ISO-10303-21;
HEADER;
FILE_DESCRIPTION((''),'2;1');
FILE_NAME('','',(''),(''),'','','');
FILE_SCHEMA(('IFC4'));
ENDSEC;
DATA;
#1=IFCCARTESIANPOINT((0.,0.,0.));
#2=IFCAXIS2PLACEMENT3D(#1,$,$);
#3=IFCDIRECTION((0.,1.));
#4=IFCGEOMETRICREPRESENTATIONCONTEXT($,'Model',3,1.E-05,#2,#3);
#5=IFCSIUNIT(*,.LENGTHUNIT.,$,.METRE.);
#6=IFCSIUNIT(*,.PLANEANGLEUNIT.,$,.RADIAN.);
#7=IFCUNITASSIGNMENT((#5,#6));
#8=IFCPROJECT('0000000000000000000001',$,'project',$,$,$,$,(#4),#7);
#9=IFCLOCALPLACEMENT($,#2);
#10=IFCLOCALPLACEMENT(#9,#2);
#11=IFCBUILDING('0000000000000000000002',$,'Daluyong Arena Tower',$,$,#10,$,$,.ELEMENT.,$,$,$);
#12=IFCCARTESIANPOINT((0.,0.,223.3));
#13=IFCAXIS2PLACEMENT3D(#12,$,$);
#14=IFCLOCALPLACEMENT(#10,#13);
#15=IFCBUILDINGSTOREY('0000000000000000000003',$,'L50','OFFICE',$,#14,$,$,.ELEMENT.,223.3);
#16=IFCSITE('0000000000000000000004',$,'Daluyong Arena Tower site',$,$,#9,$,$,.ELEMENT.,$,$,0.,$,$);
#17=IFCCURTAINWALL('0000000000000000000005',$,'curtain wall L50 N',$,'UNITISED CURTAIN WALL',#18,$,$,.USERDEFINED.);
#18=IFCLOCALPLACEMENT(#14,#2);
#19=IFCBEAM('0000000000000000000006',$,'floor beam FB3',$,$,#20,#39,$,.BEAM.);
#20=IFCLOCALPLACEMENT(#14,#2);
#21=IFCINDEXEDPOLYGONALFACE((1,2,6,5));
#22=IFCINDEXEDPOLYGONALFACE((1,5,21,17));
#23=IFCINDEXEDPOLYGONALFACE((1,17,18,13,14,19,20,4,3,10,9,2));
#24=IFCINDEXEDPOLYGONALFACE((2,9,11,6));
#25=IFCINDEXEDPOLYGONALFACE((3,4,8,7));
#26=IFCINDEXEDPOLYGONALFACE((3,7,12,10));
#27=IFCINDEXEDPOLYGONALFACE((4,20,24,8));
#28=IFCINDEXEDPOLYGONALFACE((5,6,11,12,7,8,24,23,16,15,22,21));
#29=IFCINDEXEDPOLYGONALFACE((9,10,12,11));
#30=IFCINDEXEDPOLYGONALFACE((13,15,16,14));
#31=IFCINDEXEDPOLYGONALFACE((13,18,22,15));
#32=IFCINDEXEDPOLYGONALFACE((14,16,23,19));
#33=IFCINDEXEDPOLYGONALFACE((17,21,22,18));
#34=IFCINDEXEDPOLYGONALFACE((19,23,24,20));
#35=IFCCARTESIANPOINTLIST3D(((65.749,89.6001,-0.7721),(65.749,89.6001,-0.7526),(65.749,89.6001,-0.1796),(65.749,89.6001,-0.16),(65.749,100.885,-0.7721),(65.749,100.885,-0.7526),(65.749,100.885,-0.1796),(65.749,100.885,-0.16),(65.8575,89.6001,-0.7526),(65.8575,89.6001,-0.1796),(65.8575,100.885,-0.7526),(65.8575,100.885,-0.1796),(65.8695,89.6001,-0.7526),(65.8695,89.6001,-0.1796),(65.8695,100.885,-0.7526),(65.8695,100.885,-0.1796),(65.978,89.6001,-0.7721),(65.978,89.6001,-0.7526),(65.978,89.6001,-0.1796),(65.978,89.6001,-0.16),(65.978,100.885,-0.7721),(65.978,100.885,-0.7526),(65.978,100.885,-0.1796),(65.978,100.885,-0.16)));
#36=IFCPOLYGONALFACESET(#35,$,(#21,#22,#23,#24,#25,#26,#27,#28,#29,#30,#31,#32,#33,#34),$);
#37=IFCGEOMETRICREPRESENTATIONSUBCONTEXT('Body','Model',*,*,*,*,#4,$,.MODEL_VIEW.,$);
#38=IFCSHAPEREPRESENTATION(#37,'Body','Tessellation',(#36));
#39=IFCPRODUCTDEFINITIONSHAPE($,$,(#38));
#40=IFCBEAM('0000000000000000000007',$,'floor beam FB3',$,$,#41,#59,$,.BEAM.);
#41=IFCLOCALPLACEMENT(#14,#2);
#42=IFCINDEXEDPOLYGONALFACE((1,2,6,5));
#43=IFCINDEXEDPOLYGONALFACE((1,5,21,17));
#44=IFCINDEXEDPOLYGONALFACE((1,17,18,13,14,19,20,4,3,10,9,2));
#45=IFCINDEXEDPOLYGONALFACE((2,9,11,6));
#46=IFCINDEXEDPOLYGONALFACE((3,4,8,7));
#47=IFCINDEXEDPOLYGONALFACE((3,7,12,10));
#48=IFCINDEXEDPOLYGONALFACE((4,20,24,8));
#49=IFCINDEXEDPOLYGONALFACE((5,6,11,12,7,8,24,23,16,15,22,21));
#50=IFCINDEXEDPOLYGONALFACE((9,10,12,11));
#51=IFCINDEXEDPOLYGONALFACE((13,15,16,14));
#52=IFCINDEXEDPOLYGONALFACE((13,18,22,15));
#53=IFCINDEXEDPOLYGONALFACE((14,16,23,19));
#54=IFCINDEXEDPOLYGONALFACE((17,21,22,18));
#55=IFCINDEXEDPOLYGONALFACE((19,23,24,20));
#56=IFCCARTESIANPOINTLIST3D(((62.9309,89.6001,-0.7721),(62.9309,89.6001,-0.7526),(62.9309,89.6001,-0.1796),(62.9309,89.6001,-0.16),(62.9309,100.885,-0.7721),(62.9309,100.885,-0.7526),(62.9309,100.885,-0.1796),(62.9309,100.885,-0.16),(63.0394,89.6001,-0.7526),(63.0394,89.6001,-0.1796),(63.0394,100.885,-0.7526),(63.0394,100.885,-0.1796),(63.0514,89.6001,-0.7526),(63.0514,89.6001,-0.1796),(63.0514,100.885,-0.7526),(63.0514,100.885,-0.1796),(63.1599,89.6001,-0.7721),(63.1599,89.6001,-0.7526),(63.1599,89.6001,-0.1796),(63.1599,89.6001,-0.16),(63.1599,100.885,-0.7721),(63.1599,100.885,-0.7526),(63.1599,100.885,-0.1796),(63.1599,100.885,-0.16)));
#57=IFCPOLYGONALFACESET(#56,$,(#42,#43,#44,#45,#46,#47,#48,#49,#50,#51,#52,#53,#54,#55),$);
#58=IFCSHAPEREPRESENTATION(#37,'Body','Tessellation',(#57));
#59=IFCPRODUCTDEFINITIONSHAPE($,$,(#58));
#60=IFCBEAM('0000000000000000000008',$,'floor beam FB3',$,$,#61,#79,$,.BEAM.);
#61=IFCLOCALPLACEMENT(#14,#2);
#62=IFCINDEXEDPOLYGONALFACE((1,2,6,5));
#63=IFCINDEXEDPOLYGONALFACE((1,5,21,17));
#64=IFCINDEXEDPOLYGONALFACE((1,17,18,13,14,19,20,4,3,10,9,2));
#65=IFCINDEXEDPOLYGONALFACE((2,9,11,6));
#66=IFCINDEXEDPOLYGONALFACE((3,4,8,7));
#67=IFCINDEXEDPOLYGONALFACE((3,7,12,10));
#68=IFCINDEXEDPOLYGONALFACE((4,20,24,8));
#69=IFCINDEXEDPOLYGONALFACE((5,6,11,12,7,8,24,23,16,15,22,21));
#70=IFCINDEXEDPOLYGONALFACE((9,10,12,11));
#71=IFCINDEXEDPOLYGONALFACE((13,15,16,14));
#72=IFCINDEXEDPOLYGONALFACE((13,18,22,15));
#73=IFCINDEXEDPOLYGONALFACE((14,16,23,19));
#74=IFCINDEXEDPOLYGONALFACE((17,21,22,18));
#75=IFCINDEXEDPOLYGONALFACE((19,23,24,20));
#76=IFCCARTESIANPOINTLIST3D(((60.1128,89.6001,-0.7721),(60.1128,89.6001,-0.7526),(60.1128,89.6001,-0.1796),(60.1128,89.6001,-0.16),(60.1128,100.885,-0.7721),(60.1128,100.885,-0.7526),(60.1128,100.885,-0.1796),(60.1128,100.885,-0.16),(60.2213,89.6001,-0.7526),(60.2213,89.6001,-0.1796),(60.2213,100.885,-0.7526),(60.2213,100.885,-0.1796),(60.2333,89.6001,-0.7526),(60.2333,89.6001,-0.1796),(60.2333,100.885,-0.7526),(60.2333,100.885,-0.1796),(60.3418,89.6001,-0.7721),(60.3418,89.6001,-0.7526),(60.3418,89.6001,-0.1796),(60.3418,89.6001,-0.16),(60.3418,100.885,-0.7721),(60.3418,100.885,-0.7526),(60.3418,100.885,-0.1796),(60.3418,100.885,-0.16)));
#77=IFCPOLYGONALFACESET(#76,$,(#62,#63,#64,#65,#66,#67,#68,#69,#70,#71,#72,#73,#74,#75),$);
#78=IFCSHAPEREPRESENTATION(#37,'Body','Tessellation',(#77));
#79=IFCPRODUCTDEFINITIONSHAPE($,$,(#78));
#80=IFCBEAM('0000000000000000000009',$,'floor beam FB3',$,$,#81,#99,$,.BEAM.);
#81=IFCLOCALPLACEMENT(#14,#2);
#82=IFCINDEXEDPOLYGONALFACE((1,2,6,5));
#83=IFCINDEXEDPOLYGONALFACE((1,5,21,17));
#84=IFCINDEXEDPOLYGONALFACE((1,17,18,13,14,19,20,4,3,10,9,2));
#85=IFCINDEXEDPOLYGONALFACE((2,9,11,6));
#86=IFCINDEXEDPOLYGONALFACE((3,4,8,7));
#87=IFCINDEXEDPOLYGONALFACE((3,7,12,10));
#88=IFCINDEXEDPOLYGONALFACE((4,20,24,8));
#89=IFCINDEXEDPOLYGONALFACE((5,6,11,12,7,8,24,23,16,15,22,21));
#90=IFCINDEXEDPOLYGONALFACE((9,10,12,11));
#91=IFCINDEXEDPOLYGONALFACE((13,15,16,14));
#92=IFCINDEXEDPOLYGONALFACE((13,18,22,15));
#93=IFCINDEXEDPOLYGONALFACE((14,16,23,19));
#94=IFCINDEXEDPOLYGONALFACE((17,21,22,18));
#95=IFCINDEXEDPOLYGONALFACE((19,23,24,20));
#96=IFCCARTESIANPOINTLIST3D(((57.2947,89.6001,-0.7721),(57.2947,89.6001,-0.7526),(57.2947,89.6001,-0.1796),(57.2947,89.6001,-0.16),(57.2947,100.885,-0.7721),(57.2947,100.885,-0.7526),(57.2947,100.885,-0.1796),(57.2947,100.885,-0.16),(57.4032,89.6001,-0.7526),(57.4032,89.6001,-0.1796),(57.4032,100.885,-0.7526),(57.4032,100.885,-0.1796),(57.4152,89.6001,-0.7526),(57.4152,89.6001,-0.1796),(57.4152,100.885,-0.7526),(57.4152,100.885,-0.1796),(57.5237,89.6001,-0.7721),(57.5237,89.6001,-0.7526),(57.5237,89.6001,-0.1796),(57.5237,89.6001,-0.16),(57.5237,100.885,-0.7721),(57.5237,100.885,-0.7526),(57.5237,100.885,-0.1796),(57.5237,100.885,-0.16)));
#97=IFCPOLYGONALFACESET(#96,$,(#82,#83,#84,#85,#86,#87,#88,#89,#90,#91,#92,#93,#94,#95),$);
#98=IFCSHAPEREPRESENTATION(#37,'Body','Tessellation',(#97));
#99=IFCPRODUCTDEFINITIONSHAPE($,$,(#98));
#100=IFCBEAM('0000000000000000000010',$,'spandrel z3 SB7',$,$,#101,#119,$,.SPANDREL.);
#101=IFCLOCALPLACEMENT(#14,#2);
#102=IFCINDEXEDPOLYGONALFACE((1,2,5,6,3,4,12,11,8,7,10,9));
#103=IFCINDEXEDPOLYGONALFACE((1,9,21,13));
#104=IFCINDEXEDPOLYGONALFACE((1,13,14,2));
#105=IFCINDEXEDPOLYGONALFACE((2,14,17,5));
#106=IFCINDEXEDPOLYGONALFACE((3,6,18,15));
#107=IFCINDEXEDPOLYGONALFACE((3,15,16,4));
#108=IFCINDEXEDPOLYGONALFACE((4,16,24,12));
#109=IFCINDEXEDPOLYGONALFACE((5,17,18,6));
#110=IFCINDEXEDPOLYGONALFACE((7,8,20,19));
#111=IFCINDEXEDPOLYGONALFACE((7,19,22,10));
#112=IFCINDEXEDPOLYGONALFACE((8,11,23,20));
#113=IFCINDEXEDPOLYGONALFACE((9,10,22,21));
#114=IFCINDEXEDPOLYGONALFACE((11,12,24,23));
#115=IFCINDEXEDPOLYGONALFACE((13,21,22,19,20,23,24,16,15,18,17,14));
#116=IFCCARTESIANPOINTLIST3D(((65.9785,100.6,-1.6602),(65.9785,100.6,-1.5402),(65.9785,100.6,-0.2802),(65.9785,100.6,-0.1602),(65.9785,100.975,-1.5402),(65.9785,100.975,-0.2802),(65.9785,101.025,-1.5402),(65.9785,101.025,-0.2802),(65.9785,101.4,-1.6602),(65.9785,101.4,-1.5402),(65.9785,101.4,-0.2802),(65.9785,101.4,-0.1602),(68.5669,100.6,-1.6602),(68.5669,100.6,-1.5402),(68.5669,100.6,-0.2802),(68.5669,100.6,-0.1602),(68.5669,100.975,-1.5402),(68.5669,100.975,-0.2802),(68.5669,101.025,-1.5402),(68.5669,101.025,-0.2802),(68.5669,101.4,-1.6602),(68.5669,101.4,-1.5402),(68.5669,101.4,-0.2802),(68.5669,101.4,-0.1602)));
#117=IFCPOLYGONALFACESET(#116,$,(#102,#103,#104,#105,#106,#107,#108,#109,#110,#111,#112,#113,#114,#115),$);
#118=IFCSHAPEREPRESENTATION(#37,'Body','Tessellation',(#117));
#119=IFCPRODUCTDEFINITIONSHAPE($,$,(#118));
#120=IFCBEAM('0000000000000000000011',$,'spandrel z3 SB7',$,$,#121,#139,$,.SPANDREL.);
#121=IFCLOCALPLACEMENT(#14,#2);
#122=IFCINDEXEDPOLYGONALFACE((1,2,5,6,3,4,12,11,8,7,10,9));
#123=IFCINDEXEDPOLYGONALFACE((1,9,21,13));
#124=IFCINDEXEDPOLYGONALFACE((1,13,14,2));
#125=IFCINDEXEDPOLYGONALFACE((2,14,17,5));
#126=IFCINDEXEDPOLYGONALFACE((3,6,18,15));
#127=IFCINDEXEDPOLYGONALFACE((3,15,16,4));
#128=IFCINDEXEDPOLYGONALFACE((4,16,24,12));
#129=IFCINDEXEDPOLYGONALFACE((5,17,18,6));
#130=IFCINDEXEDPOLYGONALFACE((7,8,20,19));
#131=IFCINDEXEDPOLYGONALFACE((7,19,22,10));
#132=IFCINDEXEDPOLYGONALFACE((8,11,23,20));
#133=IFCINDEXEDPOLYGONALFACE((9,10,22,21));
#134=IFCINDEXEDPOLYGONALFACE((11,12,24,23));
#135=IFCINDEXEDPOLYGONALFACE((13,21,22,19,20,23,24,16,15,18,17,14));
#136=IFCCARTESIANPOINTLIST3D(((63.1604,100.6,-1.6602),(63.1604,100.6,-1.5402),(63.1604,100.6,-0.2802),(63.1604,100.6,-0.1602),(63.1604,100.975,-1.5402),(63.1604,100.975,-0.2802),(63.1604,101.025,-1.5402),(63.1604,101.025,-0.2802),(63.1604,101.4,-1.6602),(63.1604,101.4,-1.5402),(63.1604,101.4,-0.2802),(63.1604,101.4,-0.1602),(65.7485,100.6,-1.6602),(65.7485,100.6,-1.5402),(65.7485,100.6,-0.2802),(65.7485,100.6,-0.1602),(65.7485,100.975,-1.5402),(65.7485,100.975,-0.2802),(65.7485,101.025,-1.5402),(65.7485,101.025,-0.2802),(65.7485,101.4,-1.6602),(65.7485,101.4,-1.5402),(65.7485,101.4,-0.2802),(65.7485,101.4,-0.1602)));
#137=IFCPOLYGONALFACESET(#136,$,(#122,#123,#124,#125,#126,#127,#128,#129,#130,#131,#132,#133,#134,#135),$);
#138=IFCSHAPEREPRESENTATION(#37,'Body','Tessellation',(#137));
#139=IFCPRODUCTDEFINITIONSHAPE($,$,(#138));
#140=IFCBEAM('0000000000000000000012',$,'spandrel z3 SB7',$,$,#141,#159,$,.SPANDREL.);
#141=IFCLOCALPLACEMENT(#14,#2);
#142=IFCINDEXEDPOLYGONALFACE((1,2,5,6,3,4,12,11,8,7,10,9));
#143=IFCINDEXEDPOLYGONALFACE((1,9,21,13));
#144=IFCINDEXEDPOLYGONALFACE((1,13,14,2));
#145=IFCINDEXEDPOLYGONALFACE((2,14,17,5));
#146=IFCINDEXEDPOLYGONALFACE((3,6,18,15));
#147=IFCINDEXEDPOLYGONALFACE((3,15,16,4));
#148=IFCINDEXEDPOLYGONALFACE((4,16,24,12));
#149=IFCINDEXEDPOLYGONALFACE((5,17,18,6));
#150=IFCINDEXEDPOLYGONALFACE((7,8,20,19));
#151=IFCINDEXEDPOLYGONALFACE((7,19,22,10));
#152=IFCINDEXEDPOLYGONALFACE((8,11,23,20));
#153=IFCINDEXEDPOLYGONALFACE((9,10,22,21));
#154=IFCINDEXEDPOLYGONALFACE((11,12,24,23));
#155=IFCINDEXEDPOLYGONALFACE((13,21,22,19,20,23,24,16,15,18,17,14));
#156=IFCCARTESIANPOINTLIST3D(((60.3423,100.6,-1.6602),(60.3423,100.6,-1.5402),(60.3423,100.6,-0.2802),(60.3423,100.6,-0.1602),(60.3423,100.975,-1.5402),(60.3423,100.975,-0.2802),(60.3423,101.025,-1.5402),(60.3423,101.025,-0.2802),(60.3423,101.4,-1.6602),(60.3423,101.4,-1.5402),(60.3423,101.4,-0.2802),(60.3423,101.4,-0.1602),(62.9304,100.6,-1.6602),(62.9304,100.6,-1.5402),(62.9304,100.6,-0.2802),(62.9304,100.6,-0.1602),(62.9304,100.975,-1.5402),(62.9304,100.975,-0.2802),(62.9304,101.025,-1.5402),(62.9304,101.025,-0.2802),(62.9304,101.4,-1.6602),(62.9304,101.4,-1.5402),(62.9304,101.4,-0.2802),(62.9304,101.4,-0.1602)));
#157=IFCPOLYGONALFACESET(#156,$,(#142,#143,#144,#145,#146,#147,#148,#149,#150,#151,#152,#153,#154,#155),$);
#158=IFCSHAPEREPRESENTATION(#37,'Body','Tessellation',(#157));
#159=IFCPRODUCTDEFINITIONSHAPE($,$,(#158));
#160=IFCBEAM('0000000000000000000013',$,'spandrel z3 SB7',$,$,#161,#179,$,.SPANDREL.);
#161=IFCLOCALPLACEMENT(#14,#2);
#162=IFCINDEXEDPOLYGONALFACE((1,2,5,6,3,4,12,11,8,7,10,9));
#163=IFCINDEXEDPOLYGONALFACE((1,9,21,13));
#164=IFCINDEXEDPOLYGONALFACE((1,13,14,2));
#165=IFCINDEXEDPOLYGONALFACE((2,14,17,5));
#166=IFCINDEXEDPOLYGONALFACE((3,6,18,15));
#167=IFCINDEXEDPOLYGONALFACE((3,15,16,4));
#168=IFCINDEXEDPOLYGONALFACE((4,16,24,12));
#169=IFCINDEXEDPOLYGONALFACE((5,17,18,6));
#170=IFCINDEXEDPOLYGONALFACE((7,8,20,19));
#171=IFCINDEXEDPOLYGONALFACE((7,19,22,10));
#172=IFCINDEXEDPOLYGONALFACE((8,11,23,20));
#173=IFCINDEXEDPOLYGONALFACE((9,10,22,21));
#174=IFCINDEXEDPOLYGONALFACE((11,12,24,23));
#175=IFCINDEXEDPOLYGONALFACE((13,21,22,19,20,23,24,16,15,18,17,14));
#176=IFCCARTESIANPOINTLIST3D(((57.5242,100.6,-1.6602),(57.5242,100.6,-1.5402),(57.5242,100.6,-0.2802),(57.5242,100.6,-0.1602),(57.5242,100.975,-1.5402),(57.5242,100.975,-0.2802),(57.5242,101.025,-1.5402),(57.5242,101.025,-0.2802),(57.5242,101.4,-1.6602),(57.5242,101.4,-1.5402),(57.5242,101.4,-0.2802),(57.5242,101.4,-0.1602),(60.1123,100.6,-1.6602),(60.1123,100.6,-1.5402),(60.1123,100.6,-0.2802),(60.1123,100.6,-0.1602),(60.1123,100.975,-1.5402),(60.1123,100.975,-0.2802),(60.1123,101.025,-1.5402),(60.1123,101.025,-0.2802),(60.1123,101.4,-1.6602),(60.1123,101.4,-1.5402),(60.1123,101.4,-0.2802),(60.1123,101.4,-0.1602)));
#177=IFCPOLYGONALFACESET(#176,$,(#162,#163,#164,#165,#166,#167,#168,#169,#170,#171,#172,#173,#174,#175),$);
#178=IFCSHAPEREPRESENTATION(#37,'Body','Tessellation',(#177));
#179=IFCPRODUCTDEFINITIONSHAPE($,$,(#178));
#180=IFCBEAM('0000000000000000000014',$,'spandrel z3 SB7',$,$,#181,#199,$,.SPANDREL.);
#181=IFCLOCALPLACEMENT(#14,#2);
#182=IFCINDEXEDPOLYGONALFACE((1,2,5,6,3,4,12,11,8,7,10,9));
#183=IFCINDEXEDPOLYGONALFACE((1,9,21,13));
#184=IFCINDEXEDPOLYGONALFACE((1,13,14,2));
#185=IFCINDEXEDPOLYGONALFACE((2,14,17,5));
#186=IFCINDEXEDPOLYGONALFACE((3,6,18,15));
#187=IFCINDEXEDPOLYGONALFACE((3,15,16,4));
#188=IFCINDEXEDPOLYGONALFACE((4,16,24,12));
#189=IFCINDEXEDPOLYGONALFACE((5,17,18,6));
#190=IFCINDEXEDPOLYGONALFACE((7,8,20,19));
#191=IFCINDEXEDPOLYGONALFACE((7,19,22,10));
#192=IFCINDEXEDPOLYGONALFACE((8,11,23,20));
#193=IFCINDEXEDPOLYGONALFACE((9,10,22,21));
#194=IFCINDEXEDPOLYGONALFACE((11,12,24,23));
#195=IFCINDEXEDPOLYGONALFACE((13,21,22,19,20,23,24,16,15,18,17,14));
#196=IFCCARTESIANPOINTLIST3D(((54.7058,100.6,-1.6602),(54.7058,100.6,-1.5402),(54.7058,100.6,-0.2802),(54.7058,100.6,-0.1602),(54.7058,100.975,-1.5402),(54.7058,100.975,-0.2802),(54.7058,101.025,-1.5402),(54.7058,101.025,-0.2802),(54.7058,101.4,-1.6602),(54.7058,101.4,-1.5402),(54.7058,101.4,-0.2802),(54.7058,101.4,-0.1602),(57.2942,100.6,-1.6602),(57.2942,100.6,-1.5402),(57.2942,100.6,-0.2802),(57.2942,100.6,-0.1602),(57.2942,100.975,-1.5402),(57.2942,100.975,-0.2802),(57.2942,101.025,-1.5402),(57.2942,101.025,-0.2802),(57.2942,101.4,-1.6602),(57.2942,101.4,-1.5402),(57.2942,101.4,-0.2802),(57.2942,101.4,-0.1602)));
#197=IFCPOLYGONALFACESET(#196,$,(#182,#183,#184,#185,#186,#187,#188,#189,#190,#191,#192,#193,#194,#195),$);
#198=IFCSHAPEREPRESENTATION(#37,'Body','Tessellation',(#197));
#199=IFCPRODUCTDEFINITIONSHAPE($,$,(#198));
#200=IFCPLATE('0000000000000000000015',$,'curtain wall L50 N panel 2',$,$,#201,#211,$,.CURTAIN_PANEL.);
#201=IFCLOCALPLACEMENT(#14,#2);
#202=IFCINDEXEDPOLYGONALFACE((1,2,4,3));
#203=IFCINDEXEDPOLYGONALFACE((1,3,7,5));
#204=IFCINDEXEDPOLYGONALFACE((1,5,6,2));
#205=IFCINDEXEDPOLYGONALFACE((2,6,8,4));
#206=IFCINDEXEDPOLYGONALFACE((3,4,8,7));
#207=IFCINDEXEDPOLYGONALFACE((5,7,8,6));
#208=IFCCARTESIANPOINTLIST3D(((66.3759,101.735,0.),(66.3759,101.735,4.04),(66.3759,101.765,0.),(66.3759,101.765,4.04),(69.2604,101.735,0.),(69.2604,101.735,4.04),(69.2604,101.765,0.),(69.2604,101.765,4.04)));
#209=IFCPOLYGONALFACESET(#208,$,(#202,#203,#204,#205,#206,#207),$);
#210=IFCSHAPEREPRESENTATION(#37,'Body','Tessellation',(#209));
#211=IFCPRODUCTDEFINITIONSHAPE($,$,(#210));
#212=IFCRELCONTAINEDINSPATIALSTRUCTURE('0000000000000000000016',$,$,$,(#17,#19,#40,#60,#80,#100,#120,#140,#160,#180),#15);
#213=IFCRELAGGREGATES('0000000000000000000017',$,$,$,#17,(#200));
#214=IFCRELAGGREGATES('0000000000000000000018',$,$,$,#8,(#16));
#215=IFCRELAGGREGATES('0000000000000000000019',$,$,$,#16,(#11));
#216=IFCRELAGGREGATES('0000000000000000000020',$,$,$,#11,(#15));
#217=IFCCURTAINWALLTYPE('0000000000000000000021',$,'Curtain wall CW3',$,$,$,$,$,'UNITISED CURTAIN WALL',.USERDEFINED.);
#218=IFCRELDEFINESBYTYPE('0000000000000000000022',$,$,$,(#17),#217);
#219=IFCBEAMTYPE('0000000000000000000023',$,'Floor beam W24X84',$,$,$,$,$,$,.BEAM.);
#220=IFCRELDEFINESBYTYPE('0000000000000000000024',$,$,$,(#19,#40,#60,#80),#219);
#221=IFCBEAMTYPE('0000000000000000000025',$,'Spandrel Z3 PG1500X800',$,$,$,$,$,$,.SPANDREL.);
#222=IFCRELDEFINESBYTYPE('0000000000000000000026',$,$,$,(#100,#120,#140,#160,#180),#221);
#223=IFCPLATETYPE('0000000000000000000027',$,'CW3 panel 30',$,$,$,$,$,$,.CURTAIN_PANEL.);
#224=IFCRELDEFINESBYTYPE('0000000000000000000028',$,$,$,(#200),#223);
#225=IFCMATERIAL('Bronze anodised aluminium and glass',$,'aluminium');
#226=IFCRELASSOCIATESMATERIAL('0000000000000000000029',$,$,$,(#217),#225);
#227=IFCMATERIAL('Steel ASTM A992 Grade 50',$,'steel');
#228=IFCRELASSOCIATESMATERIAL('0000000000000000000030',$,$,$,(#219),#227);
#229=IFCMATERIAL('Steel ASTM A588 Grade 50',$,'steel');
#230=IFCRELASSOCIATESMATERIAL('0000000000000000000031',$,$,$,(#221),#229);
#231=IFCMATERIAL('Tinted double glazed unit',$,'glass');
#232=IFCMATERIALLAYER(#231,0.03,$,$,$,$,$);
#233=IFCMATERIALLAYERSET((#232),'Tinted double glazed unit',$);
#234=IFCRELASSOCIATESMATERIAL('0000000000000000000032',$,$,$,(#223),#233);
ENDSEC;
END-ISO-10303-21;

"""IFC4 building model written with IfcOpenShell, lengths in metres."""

from ifc_helpers import new_model, si_unit, direction, frame, origin, origin_2d, place, context, subcontext, project, spatial, rectangle, i_section, extrude, material, layer, layer_set, material_profile, profile_set, type_object, element, aggregate, save


model = new_model("IFC4")

# Units and contexts
model_context = context("Model", 3, precision=1e-05, world=origin(), true_north=direction((0.0, 1.0)))
body_context = subcontext(model_context, "Body", "Model", "MODEL_VIEW")
ifc_project = project(units=[si_unit("LENGTHUNIT", "METRE"), si_unit("PLANEANGLEUNIT", "RADIAN")], contexts=[model_context])

# Site, building, storey
site_placement = place(None, origin())
site = spatial("IfcSite", under=ifc_project, at=site_placement, Name="Daluyong Arena Tower site", CompositionType="ELEMENT", RefElevation=0.0)
building_placement = place(site_placement, origin())
building = spatial("IfcBuilding", under=site, at=building_placement, Name="Daluyong Arena Tower", CompositionType="ELEMENT")
storey_placement = place(building_placement, frame((0.0, 0.0, 223.3)))
storey = spatial("IfcBuildingStorey", under=building, at=storey_placement, Name="L50", Description="OFFICE", CompositionType="ELEMENT", Elevation=223.3)

# Curtain wall
ifc_material_1 = material(Name="Bronze anodised aluminium and glass", Category="aluminium")
curtain_wall_type = type_object("IfcCurtainWallType", Name="Curtain wall CW3", ElementType="UNITISED CURTAIN WALL", PredefinedType="USERDEFINED", material=ifc_material_1)
curtain_wall_placement = place(storey_placement, origin())
curtain_wall = element("IfcCurtainWall", 1, at=curtain_wall_placement, inside=storey, type_object=curtain_wall_type, Name="curtain wall L50 N", ObjectType="UNITISED CURTAIN WALL", PredefinedType="USERDEFINED")

# Beams
ifc_material_2 = material(Name="Steel ASTM A992 Grade 50", Category="steel")
ifc_material_profile_1 = material_profile(ifc_material_2, i_section(OverallWidth=0.229, OverallDepth=0.6121, WebThickness=0.012, FlangeThickness=0.0195, at=origin_2d()))
ifc_profile_set_1 = profile_set([ifc_material_profile_1], Name="Steel ASTM A992 Grade 50")
beam_type_1 = type_object("IfcBeamType", Name="Floor beam W24X84", PredefinedType="BEAM", material=ifc_profile_set_1)
for number, where, z_axis, x_axis, name in (
    (2, (65.8635, 100.885, -0.4661), (0.0, -1.0, 0.0), (1.0, 0.0, 0.0), "floor beam FB3"),
    (3, (63.0454, 100.885, -0.4661), (0.0, -1.0, 0.0), (1.0, 0.0, 0.0), "floor beam FB3"),
    (4, (60.2273, 100.885, -0.4661), (0.0, -1.0, 0.0), (1.0, 0.0, 0.0), "floor beam FB3"),
    (5, (57.4092, 100.885, -0.4661), (0.0, -1.0, 0.0), (1.0, 0.0, 0.0), "floor beam FB3"),
):
    element("IfcBeam", number, at=place(storey_placement, frame(where, z_axis=z_axis, x_axis=x_axis)), inside=storey, type_object=beam_type_1, Name=name, PredefinedType="BEAM", context=body_context, shape_type="SweptSolid", body=[
        extrude(i_section(OverallWidth=0.229, OverallDepth=0.6121, WebThickness=0.012, FlangeThickness=0.0195, at=origin_2d()), origin(), (0.0, 0.0, 1.0), 11.2849),
    ])
ifc_material_3 = material(Name="Steel ASTM A588 Grade 50", Category="steel")
ifc_material_profile_2 = material_profile(ifc_material_3, i_section(OverallWidth=0.8, OverallDepth=1.5, WebThickness=0.05, FlangeThickness=0.12, at=origin_2d()))
ifc_profile_set_2 = profile_set([ifc_material_profile_2], Name="Steel ASTM A588 Grade 50")
beam_type_2 = type_object("IfcBeamType", Name="Spandrel Z3 PG1500X800", PredefinedType="SPANDREL", material=ifc_profile_set_2)
beam_1_placement = place(storey_placement, frame((68.5669, 101.0, -0.9102), z_axis=(-1.0, 0.0, 0.0), x_axis=(0.0, -1.0, 0.0)))
element("IfcBeam", 6, at=beam_1_placement, inside=storey, type_object=beam_type_2, Name="spandrel z3 SB7", PredefinedType="SPANDREL", context=body_context, shape_type="SweptSolid", body=[
    extrude(i_section(OverallWidth=0.8, OverallDepth=1.5, WebThickness=0.05, FlangeThickness=0.12, at=origin_2d()), origin(), (0.0, 0.0, 1.0), 2.5884),
])
for number, where, z_axis, x_axis, name in (
    (7, (65.7485, 101.0, -0.9102), (-1.0, 0.0, 0.0), (0.0, -1.0, 0.0), "spandrel z3 SB7"),
    (8, (62.9304, 101.0, -0.9102), (-1.0, 0.0, 0.0), (0.0, -1.0, 0.0), "spandrel z3 SB7"),
    (9, (60.1123, 101.0, -0.9102), (-1.0, 0.0, 0.0), (0.0, -1.0, 0.0), "spandrel z3 SB7"),
):
    element("IfcBeam", number, at=place(storey_placement, frame(where, z_axis=z_axis, x_axis=x_axis)), inside=storey, type_object=beam_type_2, Name=name, PredefinedType="SPANDREL", context=body_context, shape_type="SweptSolid", body=[
        extrude(i_section(OverallWidth=0.8, OverallDepth=1.5, WebThickness=0.05, FlangeThickness=0.12, at=origin_2d()), origin(), (0.0, 0.0, 1.0), 2.5881),
    ])
beam_2_placement = place(storey_placement, frame((57.2942, 101.0, -0.9102), z_axis=(-1.0, 0.0, 0.0), x_axis=(0.0, -1.0, 0.0)))
element("IfcBeam", 10, at=beam_2_placement, inside=storey, type_object=beam_type_2, Name="spandrel z3 SB7", PredefinedType="SPANDREL", context=body_context, shape_type="SweptSolid", body=[
    extrude(i_section(OverallWidth=0.8, OverallDepth=1.5, WebThickness=0.05, FlangeThickness=0.12, at=origin_2d()), origin(), (0.0, 0.0, 1.0), 2.5884),
])

# Plate
ifc_material_4 = material(Name="Tinted double glazed unit", Category="glass")
ifc_layer_1 = layer(ifc_material_4, 0.03)
ifc_layer_set_1 = layer_set([ifc_layer_1], Name="Tinted double glazed unit")
plate_type = type_object("IfcPlateType", Name="CW3 panel 30", PredefinedType="CURTAIN_PANEL", material=ifc_layer_set_1)
plate_1_placement = place(storey_placement, frame((67.8181, 101.75, 0.0), z_axis=(0.0, 0.0, 1.0), x_axis=(-1.0, 0.0, 0.0)))
plate_1 = element("IfcPlate", 11, at=plate_1_placement, type_object=plate_type, Name="curtain wall L50 N panel 2", PredefinedType="CURTAIN_PANEL", context=body_context, shape_type="SweptSolid", body=[
    extrude(rectangle(XDim=2.8845, YDim=0.03, at=origin_2d()), origin(), (0.0, 0.0, 1.0), 4.04),
])
aggregate(curtain_wall, [plate_1])

save(model, "model.ifc")
